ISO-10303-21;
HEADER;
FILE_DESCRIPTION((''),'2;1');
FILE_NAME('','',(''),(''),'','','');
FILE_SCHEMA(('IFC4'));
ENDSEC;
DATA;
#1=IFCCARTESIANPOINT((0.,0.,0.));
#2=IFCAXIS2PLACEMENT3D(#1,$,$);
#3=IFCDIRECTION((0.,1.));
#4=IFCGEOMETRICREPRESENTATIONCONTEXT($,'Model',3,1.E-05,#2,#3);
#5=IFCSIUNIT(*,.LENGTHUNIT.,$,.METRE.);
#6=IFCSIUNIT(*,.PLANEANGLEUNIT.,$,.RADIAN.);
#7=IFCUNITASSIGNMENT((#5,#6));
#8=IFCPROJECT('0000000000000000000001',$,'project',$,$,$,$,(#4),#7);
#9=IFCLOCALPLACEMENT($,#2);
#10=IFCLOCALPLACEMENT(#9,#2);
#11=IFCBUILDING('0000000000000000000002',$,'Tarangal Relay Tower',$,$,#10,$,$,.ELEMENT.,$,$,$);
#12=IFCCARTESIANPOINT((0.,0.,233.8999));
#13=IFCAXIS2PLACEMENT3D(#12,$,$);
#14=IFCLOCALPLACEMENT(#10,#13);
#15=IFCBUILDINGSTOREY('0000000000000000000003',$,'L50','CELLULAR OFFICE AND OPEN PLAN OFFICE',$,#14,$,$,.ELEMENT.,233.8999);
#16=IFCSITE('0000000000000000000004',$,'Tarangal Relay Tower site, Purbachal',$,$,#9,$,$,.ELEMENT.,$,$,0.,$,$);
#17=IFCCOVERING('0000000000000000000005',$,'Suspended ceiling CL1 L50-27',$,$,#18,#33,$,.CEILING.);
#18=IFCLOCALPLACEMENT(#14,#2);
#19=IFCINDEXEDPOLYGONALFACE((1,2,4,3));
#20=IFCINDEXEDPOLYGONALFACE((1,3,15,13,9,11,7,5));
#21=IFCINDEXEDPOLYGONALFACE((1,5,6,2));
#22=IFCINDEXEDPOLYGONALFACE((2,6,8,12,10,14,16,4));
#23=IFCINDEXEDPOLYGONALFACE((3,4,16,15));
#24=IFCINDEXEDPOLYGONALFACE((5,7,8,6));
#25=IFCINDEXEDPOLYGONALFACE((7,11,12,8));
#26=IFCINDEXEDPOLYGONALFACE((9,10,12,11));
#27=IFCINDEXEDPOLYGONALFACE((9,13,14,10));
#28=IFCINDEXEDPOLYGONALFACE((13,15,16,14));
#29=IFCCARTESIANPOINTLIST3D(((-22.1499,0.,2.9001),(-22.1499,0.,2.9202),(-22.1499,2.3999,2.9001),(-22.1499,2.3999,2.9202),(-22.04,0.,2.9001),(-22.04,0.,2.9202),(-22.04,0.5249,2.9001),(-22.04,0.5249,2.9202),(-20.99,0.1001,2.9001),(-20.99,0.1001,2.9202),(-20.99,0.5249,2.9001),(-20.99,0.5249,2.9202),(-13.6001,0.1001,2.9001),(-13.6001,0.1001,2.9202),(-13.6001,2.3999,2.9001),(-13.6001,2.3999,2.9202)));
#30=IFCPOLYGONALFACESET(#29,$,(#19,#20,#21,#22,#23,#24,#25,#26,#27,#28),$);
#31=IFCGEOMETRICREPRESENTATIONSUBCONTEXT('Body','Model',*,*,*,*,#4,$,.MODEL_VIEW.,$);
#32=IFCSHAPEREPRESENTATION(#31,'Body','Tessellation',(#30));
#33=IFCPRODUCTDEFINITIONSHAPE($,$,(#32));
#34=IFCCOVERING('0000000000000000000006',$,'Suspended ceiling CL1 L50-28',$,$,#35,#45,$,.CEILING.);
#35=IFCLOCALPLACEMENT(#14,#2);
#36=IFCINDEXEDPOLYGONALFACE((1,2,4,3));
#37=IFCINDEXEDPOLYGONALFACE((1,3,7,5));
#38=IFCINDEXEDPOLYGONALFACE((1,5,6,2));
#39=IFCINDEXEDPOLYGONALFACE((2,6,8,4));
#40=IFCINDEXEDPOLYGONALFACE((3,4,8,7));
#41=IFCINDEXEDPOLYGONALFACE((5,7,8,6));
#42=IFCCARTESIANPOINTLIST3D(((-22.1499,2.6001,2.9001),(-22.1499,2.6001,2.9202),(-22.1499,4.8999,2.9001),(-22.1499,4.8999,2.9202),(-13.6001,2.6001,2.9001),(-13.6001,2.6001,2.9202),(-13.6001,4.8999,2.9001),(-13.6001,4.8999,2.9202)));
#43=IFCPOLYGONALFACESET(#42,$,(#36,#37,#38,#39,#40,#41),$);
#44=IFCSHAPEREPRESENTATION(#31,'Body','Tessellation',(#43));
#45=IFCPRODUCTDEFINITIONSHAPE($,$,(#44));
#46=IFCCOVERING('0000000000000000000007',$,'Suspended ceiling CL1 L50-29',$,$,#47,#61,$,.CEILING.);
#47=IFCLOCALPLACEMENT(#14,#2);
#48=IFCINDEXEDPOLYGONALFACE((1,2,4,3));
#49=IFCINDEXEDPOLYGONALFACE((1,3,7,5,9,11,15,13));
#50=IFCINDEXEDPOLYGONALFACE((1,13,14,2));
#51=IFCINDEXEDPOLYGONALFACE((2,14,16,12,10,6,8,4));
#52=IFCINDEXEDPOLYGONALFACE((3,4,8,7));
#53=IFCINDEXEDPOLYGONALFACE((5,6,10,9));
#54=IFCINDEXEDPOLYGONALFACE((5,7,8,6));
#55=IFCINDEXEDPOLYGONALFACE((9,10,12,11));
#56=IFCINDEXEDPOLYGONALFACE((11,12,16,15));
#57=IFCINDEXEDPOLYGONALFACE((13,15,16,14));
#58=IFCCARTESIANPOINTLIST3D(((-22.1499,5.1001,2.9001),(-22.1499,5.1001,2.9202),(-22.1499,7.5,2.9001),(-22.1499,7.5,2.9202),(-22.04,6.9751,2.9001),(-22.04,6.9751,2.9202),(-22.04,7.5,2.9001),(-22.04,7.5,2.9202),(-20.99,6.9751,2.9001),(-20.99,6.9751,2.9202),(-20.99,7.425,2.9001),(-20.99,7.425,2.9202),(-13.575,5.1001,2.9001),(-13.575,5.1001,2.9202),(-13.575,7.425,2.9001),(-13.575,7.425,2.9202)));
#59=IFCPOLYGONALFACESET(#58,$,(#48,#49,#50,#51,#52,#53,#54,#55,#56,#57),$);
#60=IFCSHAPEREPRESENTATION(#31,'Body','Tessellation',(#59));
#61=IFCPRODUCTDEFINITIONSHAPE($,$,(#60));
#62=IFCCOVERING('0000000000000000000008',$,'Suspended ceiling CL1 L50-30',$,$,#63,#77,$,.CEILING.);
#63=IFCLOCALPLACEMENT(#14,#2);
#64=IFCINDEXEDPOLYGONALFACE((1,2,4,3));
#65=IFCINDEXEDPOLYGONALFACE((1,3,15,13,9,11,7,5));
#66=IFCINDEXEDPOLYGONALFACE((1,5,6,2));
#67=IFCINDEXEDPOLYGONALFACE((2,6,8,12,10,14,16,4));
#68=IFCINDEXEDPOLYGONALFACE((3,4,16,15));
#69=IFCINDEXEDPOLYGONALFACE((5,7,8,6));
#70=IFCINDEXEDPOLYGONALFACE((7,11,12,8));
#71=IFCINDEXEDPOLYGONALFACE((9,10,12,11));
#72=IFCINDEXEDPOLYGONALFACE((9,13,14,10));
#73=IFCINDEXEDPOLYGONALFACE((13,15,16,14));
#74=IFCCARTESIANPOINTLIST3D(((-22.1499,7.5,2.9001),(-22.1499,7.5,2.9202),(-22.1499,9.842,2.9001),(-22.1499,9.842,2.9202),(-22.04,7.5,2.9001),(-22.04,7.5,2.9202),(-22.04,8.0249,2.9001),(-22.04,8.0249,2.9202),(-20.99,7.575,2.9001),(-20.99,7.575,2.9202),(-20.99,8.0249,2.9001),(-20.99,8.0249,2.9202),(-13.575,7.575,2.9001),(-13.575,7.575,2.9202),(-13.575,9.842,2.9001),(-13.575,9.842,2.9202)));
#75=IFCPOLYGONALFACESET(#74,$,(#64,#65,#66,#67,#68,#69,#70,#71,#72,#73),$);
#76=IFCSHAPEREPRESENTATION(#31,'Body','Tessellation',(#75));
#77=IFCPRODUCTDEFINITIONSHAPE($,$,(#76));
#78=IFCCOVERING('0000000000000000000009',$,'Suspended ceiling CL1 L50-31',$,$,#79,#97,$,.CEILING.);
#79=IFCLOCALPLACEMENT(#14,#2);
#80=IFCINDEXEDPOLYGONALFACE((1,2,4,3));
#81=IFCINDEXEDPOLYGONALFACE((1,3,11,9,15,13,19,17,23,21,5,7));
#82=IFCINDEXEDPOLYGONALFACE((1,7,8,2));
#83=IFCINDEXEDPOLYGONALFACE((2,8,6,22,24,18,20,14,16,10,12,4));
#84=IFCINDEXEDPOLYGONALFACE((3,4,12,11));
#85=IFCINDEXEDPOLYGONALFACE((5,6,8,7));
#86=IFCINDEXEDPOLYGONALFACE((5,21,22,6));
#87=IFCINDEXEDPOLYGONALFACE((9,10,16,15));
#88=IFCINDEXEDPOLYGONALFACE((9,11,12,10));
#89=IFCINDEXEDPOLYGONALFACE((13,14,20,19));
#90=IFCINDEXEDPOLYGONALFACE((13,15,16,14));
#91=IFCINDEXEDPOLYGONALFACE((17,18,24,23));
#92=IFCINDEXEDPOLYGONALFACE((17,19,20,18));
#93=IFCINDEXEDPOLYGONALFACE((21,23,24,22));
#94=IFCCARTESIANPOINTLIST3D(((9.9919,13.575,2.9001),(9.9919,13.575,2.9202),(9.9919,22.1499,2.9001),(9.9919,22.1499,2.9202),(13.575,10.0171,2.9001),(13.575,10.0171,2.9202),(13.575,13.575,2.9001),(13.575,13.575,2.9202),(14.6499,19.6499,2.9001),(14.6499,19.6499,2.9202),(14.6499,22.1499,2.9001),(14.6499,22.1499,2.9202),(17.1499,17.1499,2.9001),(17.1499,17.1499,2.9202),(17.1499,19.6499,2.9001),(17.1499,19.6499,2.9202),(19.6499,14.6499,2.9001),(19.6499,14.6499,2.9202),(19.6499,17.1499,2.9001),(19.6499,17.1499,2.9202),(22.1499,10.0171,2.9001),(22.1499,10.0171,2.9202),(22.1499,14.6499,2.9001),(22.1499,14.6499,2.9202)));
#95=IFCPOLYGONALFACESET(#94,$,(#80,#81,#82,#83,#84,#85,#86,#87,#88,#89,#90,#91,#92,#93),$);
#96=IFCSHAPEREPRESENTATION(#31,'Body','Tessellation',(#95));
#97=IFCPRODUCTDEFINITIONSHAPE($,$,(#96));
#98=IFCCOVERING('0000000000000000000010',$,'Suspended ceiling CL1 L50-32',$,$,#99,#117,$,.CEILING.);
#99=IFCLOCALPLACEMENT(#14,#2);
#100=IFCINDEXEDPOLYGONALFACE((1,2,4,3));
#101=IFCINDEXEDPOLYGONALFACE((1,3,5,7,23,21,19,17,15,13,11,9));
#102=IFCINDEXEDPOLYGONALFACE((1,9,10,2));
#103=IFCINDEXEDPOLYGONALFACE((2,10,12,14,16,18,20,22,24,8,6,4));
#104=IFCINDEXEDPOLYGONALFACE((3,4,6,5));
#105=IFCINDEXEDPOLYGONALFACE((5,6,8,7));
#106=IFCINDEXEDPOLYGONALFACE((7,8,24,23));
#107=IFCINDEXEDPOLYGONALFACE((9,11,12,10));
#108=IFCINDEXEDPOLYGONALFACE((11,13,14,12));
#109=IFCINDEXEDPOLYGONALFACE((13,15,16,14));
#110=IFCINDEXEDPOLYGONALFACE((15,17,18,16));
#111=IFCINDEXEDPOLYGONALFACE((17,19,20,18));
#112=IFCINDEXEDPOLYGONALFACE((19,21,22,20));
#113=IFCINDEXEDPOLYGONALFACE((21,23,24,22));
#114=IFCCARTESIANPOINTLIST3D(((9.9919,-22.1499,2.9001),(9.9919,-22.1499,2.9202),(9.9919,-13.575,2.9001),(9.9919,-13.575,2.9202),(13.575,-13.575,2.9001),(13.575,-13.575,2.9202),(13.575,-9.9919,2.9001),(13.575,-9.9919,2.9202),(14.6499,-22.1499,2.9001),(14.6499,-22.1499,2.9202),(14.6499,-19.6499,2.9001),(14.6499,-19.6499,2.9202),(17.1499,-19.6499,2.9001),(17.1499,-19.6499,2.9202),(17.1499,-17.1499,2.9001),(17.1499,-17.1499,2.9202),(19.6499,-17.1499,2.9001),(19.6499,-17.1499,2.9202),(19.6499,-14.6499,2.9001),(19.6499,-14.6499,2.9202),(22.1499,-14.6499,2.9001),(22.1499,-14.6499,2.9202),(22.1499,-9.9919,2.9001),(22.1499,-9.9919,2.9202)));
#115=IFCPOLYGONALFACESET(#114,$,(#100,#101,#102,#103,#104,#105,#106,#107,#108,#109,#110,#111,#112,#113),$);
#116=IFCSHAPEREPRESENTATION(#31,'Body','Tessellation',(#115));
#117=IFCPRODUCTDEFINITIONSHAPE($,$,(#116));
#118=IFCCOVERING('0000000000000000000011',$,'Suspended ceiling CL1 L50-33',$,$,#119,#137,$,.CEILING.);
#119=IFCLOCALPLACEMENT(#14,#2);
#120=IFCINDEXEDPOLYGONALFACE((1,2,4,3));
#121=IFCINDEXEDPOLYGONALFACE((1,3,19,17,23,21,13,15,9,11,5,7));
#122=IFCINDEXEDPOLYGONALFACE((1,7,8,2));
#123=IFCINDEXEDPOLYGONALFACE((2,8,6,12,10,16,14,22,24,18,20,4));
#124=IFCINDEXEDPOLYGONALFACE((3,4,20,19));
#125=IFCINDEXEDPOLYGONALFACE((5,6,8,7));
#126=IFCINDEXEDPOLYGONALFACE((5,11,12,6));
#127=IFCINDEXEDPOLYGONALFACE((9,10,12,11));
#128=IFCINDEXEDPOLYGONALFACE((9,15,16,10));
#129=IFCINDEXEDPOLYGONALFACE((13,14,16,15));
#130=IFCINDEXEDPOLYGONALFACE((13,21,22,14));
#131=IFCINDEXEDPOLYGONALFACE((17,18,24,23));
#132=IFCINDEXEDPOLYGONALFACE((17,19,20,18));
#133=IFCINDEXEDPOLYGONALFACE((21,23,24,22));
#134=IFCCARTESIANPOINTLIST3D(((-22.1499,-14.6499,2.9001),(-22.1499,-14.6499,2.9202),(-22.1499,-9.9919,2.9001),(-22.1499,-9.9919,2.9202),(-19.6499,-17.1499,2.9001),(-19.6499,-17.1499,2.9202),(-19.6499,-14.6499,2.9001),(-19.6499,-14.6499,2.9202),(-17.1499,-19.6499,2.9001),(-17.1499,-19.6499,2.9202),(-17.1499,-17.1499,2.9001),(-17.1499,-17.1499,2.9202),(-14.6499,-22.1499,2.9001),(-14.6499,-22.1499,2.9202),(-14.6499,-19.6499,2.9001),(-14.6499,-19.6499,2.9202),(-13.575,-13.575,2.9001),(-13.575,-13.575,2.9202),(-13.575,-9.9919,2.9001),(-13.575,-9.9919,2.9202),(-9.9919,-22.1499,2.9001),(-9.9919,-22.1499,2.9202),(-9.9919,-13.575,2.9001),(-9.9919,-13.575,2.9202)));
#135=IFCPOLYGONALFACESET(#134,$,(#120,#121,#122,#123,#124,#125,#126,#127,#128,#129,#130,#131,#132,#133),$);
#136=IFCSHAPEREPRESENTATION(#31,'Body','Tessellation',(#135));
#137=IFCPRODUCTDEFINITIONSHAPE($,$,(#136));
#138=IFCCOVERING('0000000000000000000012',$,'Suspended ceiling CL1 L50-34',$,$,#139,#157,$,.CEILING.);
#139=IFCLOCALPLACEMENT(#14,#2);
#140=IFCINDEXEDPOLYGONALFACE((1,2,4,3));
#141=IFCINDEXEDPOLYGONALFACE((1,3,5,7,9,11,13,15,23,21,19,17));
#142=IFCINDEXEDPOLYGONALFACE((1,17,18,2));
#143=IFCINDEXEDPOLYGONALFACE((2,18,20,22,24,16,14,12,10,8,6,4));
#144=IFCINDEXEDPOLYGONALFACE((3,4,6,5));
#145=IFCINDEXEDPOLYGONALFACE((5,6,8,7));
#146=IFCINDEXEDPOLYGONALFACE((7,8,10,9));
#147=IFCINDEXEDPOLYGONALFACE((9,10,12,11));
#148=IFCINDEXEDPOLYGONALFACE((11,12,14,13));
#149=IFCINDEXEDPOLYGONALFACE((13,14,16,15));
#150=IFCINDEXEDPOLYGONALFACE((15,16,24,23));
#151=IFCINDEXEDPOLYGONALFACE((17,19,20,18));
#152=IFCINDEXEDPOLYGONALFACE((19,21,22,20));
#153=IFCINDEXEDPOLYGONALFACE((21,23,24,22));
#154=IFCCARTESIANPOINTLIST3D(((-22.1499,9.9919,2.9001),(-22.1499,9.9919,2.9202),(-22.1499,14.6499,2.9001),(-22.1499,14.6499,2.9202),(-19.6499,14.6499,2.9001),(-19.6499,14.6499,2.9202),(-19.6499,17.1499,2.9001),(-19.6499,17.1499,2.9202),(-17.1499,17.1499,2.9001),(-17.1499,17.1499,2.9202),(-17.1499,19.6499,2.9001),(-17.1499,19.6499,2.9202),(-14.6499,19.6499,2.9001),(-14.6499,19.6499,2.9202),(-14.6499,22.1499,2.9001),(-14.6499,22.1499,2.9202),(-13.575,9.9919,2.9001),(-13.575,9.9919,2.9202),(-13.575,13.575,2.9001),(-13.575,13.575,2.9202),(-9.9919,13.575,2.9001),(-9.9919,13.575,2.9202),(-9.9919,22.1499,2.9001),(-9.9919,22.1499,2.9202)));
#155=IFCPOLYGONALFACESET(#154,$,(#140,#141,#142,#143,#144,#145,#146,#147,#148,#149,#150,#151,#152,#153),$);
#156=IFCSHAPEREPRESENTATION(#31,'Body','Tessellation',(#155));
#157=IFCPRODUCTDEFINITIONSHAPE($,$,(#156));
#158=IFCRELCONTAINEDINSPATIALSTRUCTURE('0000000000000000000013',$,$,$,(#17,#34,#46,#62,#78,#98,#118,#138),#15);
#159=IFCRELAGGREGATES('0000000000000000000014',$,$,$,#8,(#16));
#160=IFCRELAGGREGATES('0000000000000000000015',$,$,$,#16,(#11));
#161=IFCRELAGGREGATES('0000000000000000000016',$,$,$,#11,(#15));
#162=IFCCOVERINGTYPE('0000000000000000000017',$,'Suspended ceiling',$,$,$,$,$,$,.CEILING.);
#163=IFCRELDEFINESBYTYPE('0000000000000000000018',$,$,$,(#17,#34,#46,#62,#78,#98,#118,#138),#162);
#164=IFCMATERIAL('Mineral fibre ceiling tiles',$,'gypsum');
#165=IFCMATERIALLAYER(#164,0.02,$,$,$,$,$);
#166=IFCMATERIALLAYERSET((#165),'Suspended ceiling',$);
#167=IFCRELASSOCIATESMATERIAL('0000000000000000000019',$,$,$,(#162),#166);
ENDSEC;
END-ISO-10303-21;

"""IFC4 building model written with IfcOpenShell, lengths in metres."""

from ifc_helpers import new_model, si_unit, direction, frame, origin, place, context, subcontext, project, spatial, polyline, outline, extrude, material, layer, layer_set, type_object, element, save


model = new_model("IFC4")

# Units and contexts
model_context = context("Model", 3, precision=1e-05, world=origin(), true_north=direction((0.0, 1.0)))
body_context = subcontext(model_context, "Body", "Model", "MODEL_VIEW")
ifc_project = project(units=[si_unit("LENGTHUNIT", "METRE"), si_unit("PLANEANGLEUNIT", "RADIAN")], contexts=[model_context])

# Site, building, storey
site_placement = place(None, origin())
site = spatial("IfcSite", under=ifc_project, at=site_placement, Name="Tarangal Relay Tower site, Purbachal", CompositionType="ELEMENT", RefElevation=0.0)
building_placement = place(site_placement, origin())
building = spatial("IfcBuilding", under=site, at=building_placement, Name="Tarangal Relay Tower", CompositionType="ELEMENT")
storey_placement = place(building_placement, frame((0.0, 0.0, 233.8999)))
storey = spatial("IfcBuildingStorey", under=building, at=storey_placement, Name="L50", Description="CELLULAR OFFICE AND OPEN PLAN OFFICE", CompositionType="ELEMENT", Elevation=233.8999)

# Coverings
ifc_material_1 = material(Name="Mineral fibre ceiling tiles", Category="gypsum")
ifc_layer_1 = layer(ifc_material_1, 0.02)
ifc_layer_set_1 = layer_set([ifc_layer_1], Name="Suspended ceiling")
covering_type = type_object("IfcCoveringType", Name="Suspended ceiling", PredefinedType="CEILING", material=ifc_layer_set_1)
covering_1_placement = place(storey_placement, frame((0.0, 0.0, 2.9001)))
element("IfcCovering", 1, at=covering_1_placement, inside=storey, type_object=covering_type, Name="Suspended ceiling CL1 L50-27", PredefinedType="CEILING", context=body_context, shape_type="SweptSolid", body=[
    extrude(outline(polyline([(-22.1499, 2.3999), (-22.1499, 0.0), (-22.04, 0.0), (-22.04, 0.5249), (-20.99, 0.5249), (-20.99, 0.1001), (-13.6001, 0.1001), (-13.6001, 2.3999), (-22.1499, 2.3999)])), origin(), (0.0, 0.0, 1.0), 0.02),
])
covering_2_placement = place(storey_placement, frame((0.0, 0.0, 2.9001)))
element("IfcCovering", 2, at=covering_2_placement, inside=storey, type_object=covering_type, Name="Suspended ceiling CL1 L50-28", PredefinedType="CEILING", context=body_context, shape_type="SweptSolid", body=[
    extrude(outline(polyline([(-22.1499, 2.6001), (-13.6001, 2.6001), (-13.6001, 4.8999), (-22.1499, 4.8999), (-22.1499, 2.6001)])), origin(), (0.0, 0.0, 1.0), 0.02),
])
covering_3_placement = place(storey_placement, frame((0.0, 0.0, 2.9001)))
element("IfcCovering", 3, at=covering_3_placement, inside=storey, type_object=covering_type, Name="Suspended ceiling CL1 L50-29", PredefinedType="CEILING", context=body_context, shape_type="SweptSolid", body=[
    extrude(outline(polyline([(-22.1499, 7.5), (-22.1499, 5.1001), (-13.575, 5.1001), (-13.575, 7.425), (-20.99, 7.425), (-20.99, 6.9751), (-22.04, 6.9751), (-22.04, 7.5), (-22.1499, 7.5)])), origin(), (0.0, 0.0, 1.0), 0.02),
])
covering_4_placement = place(storey_placement, frame((0.0, 0.0, 2.9001)))
element("IfcCovering", 4, at=covering_4_placement, inside=storey, type_object=covering_type, Name="Suspended ceiling CL1 L50-30", PredefinedType="CEILING", context=body_context, shape_type="SweptSolid", body=[
    extrude(outline(polyline([(-22.1499, 9.842), (-22.1499, 7.5), (-22.04, 7.5), (-22.04, 8.0249), (-20.99, 8.0249), (-20.99, 7.575), (-13.575, 7.575), (-13.575, 9.842), (-22.1499, 9.842)])), origin(), (0.0, 0.0, 1.0), 0.02),
])
covering_5_placement = place(storey_placement, frame((0.0, 0.0, 2.9001)))
element("IfcCovering", 5, at=covering_5_placement, inside=storey, type_object=covering_type, Name="Suspended ceiling CL1 L50-31", PredefinedType="CEILING", context=body_context, shape_type="SweptSolid", body=[
    extrude(outline(polyline([(14.6499, 22.1499), (9.9919, 22.1499), (9.9919, 13.575), (13.575, 13.575), (13.575, 10.0171), (22.1499, 10.0171), (22.1499, 14.6499), (19.6499, 14.6499), (19.6499, 17.1499), (17.1499, 17.1499), (17.1499, 19.6499), (14.6499, 19.6499), (14.6499, 22.1499)])), origin(), (0.0, 0.0, 1.0), 0.02),
])
covering_6_placement = place(storey_placement, frame((0.0, 0.0, 2.9001)))
element("IfcCovering", 6, at=covering_6_placement, inside=storey, type_object=covering_type, Name="Suspended ceiling CL1 L50-32", PredefinedType="CEILING", context=body_context, shape_type="SweptSolid", body=[
    extrude(outline(polyline([(22.1499, -14.6499), (22.1499, -9.9919), (13.575, -9.9919), (13.575, -13.575), (9.9919, -13.575), (9.9919, -22.1499), (14.6499, -22.1499), (14.6499, -19.6499), (17.1499, -19.6499), (17.1499, -17.1499), (19.6499, -17.1499), (19.6499, -14.6499), (22.1499, -14.6499)])), origin(), (0.0, 0.0, 1.0), 0.02),
])
covering_7_placement = place(storey_placement, frame((0.0, 0.0, 2.9001)))
element("IfcCovering", 7, at=covering_7_placement, inside=storey, type_object=covering_type, Name="Suspended ceiling CL1 L50-33", PredefinedType="CEILING", context=body_context, shape_type="SweptSolid", body=[
    extrude(outline(polyline([(-14.6499, -19.6499), (-14.6499, -22.1499), (-9.9919, -22.1499), (-9.9919, -13.575), (-13.575, -13.575), (-13.575, -9.9919), (-22.1499, -9.9919), (-22.1499, -14.6499), (-19.6499, -14.6499), (-19.6499, -17.1499), (-17.1499, -17.1499), (-17.1499, -19.6499), (-14.6499, -19.6499)])), origin(), (0.0, 0.0, 1.0), 0.02),
])
covering_8_placement = place(storey_placement, frame((0.0, 0.0, 2.9001)))
element("IfcCovering", 8, at=covering_8_placement, inside=storey, type_object=covering_type, Name="Suspended ceiling CL1 L50-34", PredefinedType="CEILING", context=body_context, shape_type="SweptSolid", body=[
    extrude(outline(polyline([(-19.6499, 14.6499), (-22.1499, 14.6499), (-22.1499, 9.9919), (-13.575, 9.9919), (-13.575, 13.575), (-9.9919, 13.575), (-9.9919, 22.1499), (-14.6499, 22.1499), (-14.6499, 19.6499), (-17.1499, 19.6499), (-17.1499, 17.1499), (-19.6499, 17.1499), (-19.6499, 14.6499)])), origin(), (0.0, 0.0, 1.0), 0.02),
])

save(model, "model.ifc")
